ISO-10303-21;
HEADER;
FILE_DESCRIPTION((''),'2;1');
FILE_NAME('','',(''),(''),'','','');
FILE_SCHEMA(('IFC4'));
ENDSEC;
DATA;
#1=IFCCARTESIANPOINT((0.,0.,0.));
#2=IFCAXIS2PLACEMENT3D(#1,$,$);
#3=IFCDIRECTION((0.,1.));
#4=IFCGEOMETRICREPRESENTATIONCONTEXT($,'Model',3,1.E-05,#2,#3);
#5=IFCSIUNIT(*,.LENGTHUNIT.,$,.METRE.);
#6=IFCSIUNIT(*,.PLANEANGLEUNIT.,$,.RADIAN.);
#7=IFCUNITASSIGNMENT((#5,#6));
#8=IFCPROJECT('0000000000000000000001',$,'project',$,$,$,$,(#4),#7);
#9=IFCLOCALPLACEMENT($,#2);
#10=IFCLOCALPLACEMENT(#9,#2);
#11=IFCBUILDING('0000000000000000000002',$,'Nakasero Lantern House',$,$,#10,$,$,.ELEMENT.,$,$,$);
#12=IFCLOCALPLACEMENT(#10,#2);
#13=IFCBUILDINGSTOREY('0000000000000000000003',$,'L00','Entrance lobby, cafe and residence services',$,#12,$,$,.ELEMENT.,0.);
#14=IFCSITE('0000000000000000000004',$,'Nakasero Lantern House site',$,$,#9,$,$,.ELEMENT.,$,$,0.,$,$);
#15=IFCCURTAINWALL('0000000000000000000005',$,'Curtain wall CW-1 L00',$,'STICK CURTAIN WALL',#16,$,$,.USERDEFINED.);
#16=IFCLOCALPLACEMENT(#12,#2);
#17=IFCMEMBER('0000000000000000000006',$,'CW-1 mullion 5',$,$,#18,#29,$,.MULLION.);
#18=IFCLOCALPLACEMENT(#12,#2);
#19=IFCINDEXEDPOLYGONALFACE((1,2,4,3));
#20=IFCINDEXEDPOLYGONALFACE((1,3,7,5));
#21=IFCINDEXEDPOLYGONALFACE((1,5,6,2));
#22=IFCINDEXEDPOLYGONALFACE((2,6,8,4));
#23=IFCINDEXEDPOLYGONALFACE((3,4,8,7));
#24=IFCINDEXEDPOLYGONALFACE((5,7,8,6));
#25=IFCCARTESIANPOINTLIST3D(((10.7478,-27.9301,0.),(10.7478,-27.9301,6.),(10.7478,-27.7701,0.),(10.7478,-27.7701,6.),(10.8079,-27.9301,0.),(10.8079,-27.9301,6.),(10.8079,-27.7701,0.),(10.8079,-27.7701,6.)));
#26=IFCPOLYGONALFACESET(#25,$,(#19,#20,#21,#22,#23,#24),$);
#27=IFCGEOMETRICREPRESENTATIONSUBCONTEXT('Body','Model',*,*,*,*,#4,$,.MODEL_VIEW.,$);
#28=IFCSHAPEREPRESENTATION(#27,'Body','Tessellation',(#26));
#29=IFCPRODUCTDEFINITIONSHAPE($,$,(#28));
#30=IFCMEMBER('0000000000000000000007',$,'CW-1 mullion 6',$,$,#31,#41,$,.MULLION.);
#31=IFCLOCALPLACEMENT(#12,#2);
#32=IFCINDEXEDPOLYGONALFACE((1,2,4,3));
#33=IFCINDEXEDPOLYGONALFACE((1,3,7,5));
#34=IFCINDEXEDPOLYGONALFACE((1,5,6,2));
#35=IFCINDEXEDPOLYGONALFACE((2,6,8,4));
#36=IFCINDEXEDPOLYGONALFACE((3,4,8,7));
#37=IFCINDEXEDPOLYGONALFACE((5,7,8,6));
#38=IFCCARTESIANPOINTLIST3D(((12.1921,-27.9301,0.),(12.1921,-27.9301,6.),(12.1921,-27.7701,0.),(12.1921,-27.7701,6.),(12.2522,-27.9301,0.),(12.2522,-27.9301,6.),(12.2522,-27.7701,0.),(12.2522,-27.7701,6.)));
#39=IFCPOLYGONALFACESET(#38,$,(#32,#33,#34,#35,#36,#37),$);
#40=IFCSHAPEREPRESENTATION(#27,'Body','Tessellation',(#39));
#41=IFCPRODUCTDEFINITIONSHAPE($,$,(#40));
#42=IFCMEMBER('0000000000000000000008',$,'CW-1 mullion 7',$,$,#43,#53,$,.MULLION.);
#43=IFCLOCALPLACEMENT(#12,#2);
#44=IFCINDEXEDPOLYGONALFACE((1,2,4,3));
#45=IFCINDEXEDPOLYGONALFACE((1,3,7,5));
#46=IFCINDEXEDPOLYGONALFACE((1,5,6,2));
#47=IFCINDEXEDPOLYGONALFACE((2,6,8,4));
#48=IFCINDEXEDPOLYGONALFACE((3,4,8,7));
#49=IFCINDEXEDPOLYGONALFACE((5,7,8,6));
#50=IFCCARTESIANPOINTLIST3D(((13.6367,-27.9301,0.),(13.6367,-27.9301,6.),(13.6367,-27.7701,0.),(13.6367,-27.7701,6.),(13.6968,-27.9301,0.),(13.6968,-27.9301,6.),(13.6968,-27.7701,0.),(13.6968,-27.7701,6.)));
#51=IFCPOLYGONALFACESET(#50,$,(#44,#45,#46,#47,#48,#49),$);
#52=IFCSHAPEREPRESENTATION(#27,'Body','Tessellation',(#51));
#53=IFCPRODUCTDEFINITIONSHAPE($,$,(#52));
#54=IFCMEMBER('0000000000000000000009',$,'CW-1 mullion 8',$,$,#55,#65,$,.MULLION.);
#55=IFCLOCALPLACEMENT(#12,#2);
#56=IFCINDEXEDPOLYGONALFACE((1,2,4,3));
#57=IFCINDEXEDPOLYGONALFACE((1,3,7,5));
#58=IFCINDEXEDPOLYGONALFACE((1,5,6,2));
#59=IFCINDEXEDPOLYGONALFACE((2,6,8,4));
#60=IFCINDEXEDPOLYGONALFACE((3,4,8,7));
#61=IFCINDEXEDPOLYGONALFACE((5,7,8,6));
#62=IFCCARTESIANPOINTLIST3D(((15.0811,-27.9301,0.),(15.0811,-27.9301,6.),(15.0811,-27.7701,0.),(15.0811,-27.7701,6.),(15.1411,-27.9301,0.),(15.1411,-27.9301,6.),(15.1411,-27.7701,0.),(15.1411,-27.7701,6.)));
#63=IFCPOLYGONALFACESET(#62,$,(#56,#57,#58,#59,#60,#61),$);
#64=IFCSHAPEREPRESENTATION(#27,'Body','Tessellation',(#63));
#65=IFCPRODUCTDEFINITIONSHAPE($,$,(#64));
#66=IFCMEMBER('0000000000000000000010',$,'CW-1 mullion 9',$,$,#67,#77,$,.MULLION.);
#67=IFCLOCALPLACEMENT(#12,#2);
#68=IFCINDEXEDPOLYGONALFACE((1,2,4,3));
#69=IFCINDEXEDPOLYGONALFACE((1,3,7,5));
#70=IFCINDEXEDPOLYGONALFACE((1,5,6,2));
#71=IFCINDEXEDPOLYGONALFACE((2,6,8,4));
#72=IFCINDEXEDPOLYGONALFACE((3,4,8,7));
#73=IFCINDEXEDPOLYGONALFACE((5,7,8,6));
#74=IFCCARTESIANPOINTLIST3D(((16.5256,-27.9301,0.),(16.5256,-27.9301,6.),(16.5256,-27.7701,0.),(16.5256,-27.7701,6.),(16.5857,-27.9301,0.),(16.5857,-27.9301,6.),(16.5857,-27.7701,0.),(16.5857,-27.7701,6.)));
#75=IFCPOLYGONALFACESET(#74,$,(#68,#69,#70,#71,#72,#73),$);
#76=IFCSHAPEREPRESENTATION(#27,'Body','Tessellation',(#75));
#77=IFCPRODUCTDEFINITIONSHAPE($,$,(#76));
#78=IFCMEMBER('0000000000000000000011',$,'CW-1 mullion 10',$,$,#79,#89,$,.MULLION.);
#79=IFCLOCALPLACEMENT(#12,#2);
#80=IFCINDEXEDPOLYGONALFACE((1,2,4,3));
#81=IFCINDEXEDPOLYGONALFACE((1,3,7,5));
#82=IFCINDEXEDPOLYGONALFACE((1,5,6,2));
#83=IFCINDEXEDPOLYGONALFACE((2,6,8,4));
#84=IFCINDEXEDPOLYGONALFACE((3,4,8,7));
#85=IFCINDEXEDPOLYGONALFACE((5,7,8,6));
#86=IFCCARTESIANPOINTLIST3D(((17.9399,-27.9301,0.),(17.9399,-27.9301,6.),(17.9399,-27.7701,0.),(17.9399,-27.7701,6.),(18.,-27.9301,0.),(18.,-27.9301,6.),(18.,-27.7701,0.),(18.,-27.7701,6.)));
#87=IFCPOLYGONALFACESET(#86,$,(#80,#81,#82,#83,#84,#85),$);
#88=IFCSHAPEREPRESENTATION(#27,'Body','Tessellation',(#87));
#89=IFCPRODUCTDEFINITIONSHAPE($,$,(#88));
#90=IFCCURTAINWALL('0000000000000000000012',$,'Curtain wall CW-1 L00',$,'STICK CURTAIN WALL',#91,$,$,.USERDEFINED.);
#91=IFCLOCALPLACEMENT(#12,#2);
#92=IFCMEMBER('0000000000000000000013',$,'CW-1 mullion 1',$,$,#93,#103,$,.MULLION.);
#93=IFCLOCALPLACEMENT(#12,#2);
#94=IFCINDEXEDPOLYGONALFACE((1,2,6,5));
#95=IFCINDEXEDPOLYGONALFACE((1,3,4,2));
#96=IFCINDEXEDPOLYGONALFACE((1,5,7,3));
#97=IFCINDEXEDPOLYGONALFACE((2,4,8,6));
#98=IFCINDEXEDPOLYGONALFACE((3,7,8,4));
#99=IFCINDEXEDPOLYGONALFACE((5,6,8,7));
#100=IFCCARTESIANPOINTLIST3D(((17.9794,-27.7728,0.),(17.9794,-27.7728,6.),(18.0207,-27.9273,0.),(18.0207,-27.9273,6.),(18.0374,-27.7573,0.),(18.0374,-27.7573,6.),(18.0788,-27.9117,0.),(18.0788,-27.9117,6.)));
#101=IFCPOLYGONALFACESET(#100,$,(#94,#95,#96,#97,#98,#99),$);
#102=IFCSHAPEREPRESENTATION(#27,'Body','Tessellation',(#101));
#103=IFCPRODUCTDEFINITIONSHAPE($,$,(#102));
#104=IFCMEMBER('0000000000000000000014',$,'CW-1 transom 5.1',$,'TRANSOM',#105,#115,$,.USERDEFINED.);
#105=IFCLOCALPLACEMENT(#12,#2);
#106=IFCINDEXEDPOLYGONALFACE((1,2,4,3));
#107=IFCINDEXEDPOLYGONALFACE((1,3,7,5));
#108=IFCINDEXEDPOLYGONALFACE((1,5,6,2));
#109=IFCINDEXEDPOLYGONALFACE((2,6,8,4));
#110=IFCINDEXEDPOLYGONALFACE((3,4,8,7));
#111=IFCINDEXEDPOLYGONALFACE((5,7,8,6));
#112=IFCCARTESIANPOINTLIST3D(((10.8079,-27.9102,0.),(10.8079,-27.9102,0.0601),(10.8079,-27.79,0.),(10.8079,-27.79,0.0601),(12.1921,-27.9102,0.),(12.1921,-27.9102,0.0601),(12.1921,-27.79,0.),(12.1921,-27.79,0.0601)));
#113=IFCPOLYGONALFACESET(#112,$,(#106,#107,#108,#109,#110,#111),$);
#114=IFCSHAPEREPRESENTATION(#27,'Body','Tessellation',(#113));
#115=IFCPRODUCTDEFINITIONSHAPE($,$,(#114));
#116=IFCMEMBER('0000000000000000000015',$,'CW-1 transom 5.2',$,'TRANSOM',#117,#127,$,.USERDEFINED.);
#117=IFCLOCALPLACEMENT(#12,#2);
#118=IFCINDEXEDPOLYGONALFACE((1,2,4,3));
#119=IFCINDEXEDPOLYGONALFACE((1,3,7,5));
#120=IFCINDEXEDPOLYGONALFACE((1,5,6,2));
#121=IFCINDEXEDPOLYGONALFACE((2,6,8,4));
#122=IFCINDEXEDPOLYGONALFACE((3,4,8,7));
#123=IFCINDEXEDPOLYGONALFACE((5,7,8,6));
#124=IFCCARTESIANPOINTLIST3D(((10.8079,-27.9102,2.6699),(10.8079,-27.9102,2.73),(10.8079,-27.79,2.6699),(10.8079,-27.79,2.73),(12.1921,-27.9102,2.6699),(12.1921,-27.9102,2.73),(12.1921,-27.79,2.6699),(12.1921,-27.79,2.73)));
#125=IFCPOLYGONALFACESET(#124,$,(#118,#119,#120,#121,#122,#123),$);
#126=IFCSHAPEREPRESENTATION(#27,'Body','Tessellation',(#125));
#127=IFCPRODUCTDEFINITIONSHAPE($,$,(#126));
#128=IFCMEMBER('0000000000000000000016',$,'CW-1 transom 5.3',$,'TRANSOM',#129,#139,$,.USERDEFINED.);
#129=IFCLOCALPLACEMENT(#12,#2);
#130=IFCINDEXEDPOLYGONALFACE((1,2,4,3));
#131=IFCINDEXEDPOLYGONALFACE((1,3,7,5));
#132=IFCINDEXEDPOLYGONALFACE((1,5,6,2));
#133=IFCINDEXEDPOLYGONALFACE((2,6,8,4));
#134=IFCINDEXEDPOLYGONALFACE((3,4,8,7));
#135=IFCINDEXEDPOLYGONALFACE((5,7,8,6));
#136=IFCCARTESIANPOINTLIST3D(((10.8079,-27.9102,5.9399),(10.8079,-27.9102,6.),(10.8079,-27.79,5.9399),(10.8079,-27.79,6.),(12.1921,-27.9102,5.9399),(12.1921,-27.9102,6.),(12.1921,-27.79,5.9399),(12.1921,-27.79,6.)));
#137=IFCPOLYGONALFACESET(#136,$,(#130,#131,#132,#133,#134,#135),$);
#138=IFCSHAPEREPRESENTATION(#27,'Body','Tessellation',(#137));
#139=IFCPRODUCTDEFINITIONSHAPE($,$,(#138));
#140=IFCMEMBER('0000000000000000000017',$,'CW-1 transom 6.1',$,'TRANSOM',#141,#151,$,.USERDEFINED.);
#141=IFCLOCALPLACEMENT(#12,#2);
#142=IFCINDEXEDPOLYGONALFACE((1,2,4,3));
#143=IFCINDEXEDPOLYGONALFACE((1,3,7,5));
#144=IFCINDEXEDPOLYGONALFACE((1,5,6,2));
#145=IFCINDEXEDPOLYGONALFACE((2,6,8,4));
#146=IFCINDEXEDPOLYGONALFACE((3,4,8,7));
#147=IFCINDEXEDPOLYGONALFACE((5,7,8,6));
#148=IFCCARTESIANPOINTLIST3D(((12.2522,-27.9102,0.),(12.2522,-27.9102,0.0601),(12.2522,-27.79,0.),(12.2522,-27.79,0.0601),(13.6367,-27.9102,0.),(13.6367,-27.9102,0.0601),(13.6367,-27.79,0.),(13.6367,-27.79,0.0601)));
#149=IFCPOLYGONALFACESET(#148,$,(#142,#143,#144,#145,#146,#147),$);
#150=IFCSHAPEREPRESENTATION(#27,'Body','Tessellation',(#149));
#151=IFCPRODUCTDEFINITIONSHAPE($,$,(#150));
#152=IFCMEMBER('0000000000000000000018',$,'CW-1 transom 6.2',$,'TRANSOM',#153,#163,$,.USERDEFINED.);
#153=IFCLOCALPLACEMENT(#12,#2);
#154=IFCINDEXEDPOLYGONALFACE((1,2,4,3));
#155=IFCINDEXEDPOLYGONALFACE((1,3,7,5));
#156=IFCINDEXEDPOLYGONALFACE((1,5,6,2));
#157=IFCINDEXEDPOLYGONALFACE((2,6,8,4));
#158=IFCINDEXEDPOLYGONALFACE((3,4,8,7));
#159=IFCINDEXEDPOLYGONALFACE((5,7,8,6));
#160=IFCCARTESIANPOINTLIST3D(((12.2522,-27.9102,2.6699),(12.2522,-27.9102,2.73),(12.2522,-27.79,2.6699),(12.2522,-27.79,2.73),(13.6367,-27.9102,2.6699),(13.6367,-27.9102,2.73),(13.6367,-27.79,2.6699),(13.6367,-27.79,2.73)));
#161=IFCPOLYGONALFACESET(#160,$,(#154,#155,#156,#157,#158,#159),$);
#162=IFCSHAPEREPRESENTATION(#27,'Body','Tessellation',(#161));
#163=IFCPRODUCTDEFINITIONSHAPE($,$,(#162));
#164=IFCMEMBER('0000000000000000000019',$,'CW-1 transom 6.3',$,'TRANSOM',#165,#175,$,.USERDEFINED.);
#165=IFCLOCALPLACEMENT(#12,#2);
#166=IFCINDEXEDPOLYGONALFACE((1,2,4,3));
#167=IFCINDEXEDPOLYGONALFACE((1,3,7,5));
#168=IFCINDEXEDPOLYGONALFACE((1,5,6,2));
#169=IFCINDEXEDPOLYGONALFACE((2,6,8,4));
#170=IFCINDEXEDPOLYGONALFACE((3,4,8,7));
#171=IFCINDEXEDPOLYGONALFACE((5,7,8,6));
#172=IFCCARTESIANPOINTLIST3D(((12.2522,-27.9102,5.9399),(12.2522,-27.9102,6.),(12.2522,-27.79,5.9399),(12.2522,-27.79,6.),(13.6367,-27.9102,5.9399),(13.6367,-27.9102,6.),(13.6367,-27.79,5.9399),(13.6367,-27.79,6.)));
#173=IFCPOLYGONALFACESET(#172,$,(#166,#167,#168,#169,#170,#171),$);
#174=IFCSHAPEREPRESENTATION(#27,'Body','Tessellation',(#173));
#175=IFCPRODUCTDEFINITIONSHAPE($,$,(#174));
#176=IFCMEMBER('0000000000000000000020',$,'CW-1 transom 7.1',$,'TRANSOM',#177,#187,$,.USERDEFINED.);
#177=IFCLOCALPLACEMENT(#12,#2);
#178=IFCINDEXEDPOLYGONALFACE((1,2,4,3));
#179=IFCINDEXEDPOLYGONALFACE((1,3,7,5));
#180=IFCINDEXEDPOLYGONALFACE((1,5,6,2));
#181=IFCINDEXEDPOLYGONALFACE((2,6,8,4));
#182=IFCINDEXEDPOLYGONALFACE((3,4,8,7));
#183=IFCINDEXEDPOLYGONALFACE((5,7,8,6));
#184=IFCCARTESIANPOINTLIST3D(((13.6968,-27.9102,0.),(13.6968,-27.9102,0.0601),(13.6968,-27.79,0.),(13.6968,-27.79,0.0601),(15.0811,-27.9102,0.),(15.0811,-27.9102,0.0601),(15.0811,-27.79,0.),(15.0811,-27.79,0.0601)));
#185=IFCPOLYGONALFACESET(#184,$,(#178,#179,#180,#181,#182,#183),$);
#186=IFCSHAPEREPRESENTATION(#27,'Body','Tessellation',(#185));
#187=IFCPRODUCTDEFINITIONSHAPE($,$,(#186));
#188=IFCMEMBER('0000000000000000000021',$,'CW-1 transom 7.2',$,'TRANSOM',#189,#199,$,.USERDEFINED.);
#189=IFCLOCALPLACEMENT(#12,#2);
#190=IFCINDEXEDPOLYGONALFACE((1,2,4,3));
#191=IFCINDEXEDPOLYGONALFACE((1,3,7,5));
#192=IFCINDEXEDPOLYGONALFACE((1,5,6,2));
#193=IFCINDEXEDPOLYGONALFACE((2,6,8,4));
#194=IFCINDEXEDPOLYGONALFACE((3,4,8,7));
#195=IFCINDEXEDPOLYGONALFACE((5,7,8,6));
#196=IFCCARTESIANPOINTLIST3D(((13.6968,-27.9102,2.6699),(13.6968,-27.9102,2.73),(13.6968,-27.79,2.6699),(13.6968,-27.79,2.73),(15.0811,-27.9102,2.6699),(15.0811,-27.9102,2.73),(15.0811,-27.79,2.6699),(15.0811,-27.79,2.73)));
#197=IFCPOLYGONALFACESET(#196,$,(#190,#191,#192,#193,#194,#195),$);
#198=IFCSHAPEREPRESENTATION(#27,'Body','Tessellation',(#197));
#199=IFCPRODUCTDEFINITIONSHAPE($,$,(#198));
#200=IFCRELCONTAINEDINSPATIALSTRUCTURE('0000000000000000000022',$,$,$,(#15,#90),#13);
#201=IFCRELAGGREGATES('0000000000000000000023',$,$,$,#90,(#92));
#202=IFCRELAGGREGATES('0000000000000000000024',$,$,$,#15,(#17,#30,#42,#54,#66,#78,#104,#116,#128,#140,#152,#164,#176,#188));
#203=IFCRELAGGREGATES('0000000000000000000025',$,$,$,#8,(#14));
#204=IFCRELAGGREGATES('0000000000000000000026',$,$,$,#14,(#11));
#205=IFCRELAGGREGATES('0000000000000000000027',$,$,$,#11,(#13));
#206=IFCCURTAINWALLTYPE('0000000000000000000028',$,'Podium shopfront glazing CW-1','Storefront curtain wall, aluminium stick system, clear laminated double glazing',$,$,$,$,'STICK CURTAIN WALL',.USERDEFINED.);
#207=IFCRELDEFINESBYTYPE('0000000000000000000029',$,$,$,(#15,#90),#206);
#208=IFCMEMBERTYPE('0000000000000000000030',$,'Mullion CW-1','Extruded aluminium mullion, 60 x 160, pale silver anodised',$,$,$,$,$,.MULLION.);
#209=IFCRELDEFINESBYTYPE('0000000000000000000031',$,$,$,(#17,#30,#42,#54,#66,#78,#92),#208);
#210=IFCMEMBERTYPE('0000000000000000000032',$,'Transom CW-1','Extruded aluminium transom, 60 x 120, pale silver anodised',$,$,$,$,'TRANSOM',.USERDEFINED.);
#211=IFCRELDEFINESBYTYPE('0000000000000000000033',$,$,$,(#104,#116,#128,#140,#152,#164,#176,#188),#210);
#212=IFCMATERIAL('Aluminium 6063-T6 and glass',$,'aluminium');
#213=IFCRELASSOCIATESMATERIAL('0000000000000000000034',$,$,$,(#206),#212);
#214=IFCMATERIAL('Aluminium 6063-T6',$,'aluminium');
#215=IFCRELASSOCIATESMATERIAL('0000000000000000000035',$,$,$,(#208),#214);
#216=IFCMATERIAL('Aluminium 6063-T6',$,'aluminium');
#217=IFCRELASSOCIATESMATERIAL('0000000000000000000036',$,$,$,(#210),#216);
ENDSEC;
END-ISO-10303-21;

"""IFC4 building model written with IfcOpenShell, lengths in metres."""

from ifc_helpers import new_model, si_unit, direction, frame, origin, origin_2d, place, context, subcontext, project, spatial, rectangle, extrude, material, material_profile, profile_set, type_object, element, aggregate, save


model = new_model("IFC4")

# Units and contexts
model_context = context("Model", 3, precision=1e-05, world=origin(), true_north=direction((0.0, 1.0)))
body_context = subcontext(model_context, "Body", "Model", "MODEL_VIEW")
ifc_project = project(units=[si_unit("LENGTHUNIT", "METRE"), si_unit("PLANEANGLEUNIT", "RADIAN")], contexts=[model_context])

# Site, building, storey
site_placement = place(None, origin())
site = spatial("IfcSite", under=ifc_project, at=site_placement, Name="Nakasero Lantern House site", CompositionType="ELEMENT", RefElevation=0.0)
building_placement = place(site_placement, origin())
building = spatial("IfcBuilding", under=site, at=building_placement, Name="Nakasero Lantern House", CompositionType="ELEMENT")
storey_placement = place(building_placement, origin())
storey = spatial("IfcBuildingStorey", under=building, at=storey_placement, Name="L00", Description="Entrance lobby, cafe and residence services", CompositionType="ELEMENT", Elevation=0.0)

# Curtain wall, members
ifc_material_1 = material(Name="Aluminium 6063-T6 and glass", Category="aluminium")
curtain_wall_type = type_object("IfcCurtainWallType", Name="Podium shopfront glazing CW-1", Description="Storefront curtain wall, aluminium stick system, clear laminated double glazing", ElementType="STICK CURTAIN WALL", PredefinedType="USERDEFINED", material=ifc_material_1)
curtain_wall_1_placement = place(storey_placement, origin())
curtain_wall_1 = element("IfcCurtainWall", 1, at=curtain_wall_1_placement, inside=storey, type_object=curtain_wall_type, Name="Curtain wall CW-1 L00", ObjectType="STICK CURTAIN WALL", PredefinedType="USERDEFINED")
ifc_material_2 = material(Name="Aluminium 6063-T6", Category="aluminium")
ifc_material_profile_1 = material_profile(ifc_material_2, rectangle(XDim=0.0601, YDim=0.1599, at=origin_2d()), Name="CW-1 mullion 60x160")
ifc_profile_set_1 = profile_set([ifc_material_profile_1], Name="Aluminium 6063-T6")
member_type_1 = type_object("IfcMemberType", Name="Mullion CW-1", Description="Extruded aluminium mullion, 60 x 160, pale silver anodised", PredefinedType="MULLION", material=ifc_profile_set_1)
member_1_placement = place(storey_placement, frame((10.7778, -27.8501, 0.0), z_axis=(0.0, 0.0, 1.0), x_axis=(1.0, 0.0, 0.0)))
member_1 = element("IfcMember", 2, at=member_1_placement, type_object=member_type_1, Name="CW-1 mullion 5", PredefinedType="MULLION", context=body_context, shape_type="SweptSolid", body=[
    extrude(rectangle(XDim=0.0601, YDim=0.1599, at=origin_2d()), origin(), (0.0, 0.0, 1.0), 6.0),
])
member_2_placement = place(storey_placement, frame((12.2222, -27.8501, 0.0), z_axis=(0.0, 0.0, 1.0), x_axis=(1.0, 0.0, 0.0)))
member_2 = element("IfcMember", 3, at=member_2_placement, type_object=member_type_1, Name="CW-1 mullion 6", PredefinedType="MULLION", context=body_context, shape_type="SweptSolid", body=[
    extrude(rectangle(XDim=0.0601, YDim=0.1599, at=origin_2d()), origin(), (0.0, 0.0, 1.0), 6.0),
])
member_3_placement = place(storey_placement, frame((13.6667, -27.8501, 0.0), z_axis=(0.0, 0.0, 1.0), x_axis=(1.0, 0.0, 0.0)))
member_3 = element("IfcMember", 4, at=member_3_placement, type_object=member_type_1, Name="CW-1 mullion 7", PredefinedType="MULLION", context=body_context, shape_type="SweptSolid", body=[
    extrude(rectangle(XDim=0.0601, YDim=0.1599, at=origin_2d()), origin(), (0.0, 0.0, 1.0), 6.0),
])
member_4_placement = place(storey_placement, frame((15.1111, -27.8501, 0.0), z_axis=(0.0, 0.0, 1.0), x_axis=(1.0, 0.0, 0.0)))
member_4 = element("IfcMember", 5, at=member_4_placement, type_object=member_type_1, Name="CW-1 mullion 8", PredefinedType="MULLION", context=body_context, shape_type="SweptSolid", body=[
    extrude(rectangle(XDim=0.0601, YDim=0.1599, at=origin_2d()), origin(), (0.0, 0.0, 1.0), 6.0),
])
member_5_placement = place(storey_placement, frame((16.5557, -27.8501, 0.0), z_axis=(0.0, 0.0, 1.0), x_axis=(1.0, 0.0, 0.0)))
member_5 = element("IfcMember", 6, at=member_5_placement, type_object=member_type_1, Name="CW-1 mullion 9", PredefinedType="MULLION", context=body_context, shape_type="SweptSolid", body=[
    extrude(rectangle(XDim=0.0601, YDim=0.1599, at=origin_2d()), origin(), (0.0, 0.0, 1.0), 6.0),
])
member_6_placement = place(storey_placement, frame((17.97, -27.8501, 0.0), z_axis=(0.0, 0.0, 1.0), x_axis=(1.0, 0.0, 0.0)))
member_6 = element("IfcMember", 7, at=member_6_placement, type_object=member_type_1, Name="CW-1 mullion 10", PredefinedType="MULLION", context=body_context, shape_type="SweptSolid", body=[
    extrude(rectangle(XDim=0.0601, YDim=0.1599, at=origin_2d()), origin(), (0.0, 0.0, 1.0), 6.0),
])

# Curtain wall, member
curtain_wall_2_placement = place(storey_placement, origin())
curtain_wall_2 = element("IfcCurtainWall", 8, at=curtain_wall_2_placement, inside=storey, type_object=curtain_wall_type, Name="Curtain wall CW-1 L00", ObjectType="STICK CURTAIN WALL", PredefinedType="USERDEFINED")
member_7_placement = place(storey_placement, frame((18.0291, -27.8423, 0.0), z_axis=(0.0, 0.0, 1.0), x_axis=(0.965926, 0.258819, 0.0)))
member_7 = element("IfcMember", 9, at=member_7_placement, type_object=member_type_1, Name="CW-1 mullion 1", PredefinedType="MULLION", context=body_context, shape_type="SweptSolid", body=[
    extrude(rectangle(XDim=0.0601, YDim=0.1599, at=origin_2d()), origin(), (0.0, 0.0, 1.0), 6.0),
])

# Members
ifc_material_3 = material(Name="Aluminium 6063-T6", Category="aluminium")
ifc_material_profile_2 = material_profile(ifc_material_3, rectangle(XDim=0.0601, YDim=0.1201, at=origin_2d()), Name="CW-1 transom 60x120")
ifc_profile_set_2 = profile_set([ifc_material_profile_2], Name="Aluminium 6063-T6")
member_type_2 = type_object("IfcMemberType", Name="Transom CW-1", Description="Extruded aluminium transom, 60 x 120, pale silver anodised", ElementType="TRANSOM", PredefinedType="USERDEFINED", material=ifc_profile_set_2)
member_8_placement = place(storey_placement, frame((10.8079, -27.8501, 0.03), z_axis=(1.0, 0.0, 0.0), x_axis=(0.0, 0.0, 1.0)))
member_8 = element("IfcMember", 10, at=member_8_placement, type_object=member_type_2, Name="CW-1 transom 5.1", ObjectType="TRANSOM", PredefinedType="USERDEFINED", context=body_context, shape_type="SweptSolid", body=[
    extrude(rectangle(XDim=0.0601, YDim=0.1201, at=origin_2d()), origin(), (0.0, 0.0, 1.0), 1.3843),
])
member_9_placement = place(storey_placement, frame((10.8079, -27.8501, 2.7), z_axis=(1.0, 0.0, 0.0), x_axis=(0.0, 0.0, 1.0)))
member_9 = element("IfcMember", 11, at=member_9_placement, type_object=member_type_2, Name="CW-1 transom 5.2", ObjectType="TRANSOM", PredefinedType="USERDEFINED", context=body_context, shape_type="SweptSolid", body=[
    extrude(rectangle(XDim=0.0601, YDim=0.1201, at=origin_2d()), origin(), (0.0, 0.0, 1.0), 1.3843),
])
member_10_placement = place(storey_placement, frame((10.8079, -27.8501, 5.97), z_axis=(1.0, 0.0, 0.0), x_axis=(0.0, 0.0, 1.0)))
member_10 = element("IfcMember", 12, at=member_10_placement, type_object=member_type_2, Name="CW-1 transom 5.3", ObjectType="TRANSOM", PredefinedType="USERDEFINED", context=body_context, shape_type="SweptSolid", body=[
    extrude(rectangle(XDim=0.0601, YDim=0.1201, at=origin_2d()), origin(), (0.0, 0.0, 1.0), 1.3843),
])
member_11_placement = place(storey_placement, frame((12.2522, -27.8501, 0.03), z_axis=(1.0, 0.0, 0.0), x_axis=(0.0, 0.0, 1.0)))
member_11 = element("IfcMember", 13, at=member_11_placement, type_object=member_type_2, Name="CW-1 transom 6.1", ObjectType="TRANSOM", PredefinedType="USERDEFINED", context=body_context, shape_type="SweptSolid", body=[
    extrude(rectangle(XDim=0.0601, YDim=0.1201, at=origin_2d()), origin(), (0.0, 0.0, 1.0), 1.3845),
])
member_12_placement = place(storey_placement, frame((12.2522, -27.8501, 2.7), z_axis=(1.0, 0.0, 0.0), x_axis=(0.0, 0.0, 1.0)))
member_12 = element("IfcMember", 14, at=member_12_placement, type_object=member_type_2, Name="CW-1 transom 6.2", ObjectType="TRANSOM", PredefinedType="USERDEFINED", context=body_context, shape_type="SweptSolid", body=[
    extrude(rectangle(XDim=0.0601, YDim=0.1201, at=origin_2d()), origin(), (0.0, 0.0, 1.0), 1.3845),
])
member_13_placement = place(storey_placement, frame((12.2522, -27.8501, 5.97), z_axis=(1.0, 0.0, 0.0), x_axis=(0.0, 0.0, 1.0)))
member_13 = element("IfcMember", 15, at=member_13_placement, type_object=member_type_2, Name="CW-1 transom 6.3", ObjectType="TRANSOM", PredefinedType="USERDEFINED", context=body_context, shape_type="SweptSolid", body=[
    extrude(rectangle(XDim=0.0601, YDim=0.1201, at=origin_2d()), origin(), (0.0, 0.0, 1.0), 1.3845),
])
member_14_placement = place(storey_placement, frame((13.6968, -27.8501, 0.03), z_axis=(1.0, 0.0, 0.0), x_axis=(0.0, 0.0, 1.0)))
member_14 = element("IfcMember", 16, at=member_14_placement, type_object=member_type_2, Name="CW-1 transom 7.1", ObjectType="TRANSOM", PredefinedType="USERDEFINED", context=body_context, shape_type="SweptSolid", body=[
    extrude(rectangle(XDim=0.0601, YDim=0.1201, at=origin_2d()), origin(), (0.0, 0.0, 1.0), 1.3843),
])
member_15_placement = place(storey_placement, frame((13.6968, -27.8501, 2.7), z_axis=(1.0, 0.0, 0.0), x_axis=(0.0, 0.0, 1.0)))
member_15 = element("IfcMember", 17, at=member_15_placement, type_object=member_type_2, Name="CW-1 transom 7.2", ObjectType="TRANSOM", PredefinedType="USERDEFINED", context=body_context, shape_type="SweptSolid", body=[
    extrude(rectangle(XDim=0.0601, YDim=0.1201, at=origin_2d()), origin(), (0.0, 0.0, 1.0), 1.3843),
])
aggregate(curtain_wall_2, [member_7])

aggregate(curtain_wall_1, [member_1, member_2, member_3, member_4, member_5, member_6, member_8, member_9, member_10, member_11, member_12, member_13, member_14, member_15])

save(model, "model.ifc")
